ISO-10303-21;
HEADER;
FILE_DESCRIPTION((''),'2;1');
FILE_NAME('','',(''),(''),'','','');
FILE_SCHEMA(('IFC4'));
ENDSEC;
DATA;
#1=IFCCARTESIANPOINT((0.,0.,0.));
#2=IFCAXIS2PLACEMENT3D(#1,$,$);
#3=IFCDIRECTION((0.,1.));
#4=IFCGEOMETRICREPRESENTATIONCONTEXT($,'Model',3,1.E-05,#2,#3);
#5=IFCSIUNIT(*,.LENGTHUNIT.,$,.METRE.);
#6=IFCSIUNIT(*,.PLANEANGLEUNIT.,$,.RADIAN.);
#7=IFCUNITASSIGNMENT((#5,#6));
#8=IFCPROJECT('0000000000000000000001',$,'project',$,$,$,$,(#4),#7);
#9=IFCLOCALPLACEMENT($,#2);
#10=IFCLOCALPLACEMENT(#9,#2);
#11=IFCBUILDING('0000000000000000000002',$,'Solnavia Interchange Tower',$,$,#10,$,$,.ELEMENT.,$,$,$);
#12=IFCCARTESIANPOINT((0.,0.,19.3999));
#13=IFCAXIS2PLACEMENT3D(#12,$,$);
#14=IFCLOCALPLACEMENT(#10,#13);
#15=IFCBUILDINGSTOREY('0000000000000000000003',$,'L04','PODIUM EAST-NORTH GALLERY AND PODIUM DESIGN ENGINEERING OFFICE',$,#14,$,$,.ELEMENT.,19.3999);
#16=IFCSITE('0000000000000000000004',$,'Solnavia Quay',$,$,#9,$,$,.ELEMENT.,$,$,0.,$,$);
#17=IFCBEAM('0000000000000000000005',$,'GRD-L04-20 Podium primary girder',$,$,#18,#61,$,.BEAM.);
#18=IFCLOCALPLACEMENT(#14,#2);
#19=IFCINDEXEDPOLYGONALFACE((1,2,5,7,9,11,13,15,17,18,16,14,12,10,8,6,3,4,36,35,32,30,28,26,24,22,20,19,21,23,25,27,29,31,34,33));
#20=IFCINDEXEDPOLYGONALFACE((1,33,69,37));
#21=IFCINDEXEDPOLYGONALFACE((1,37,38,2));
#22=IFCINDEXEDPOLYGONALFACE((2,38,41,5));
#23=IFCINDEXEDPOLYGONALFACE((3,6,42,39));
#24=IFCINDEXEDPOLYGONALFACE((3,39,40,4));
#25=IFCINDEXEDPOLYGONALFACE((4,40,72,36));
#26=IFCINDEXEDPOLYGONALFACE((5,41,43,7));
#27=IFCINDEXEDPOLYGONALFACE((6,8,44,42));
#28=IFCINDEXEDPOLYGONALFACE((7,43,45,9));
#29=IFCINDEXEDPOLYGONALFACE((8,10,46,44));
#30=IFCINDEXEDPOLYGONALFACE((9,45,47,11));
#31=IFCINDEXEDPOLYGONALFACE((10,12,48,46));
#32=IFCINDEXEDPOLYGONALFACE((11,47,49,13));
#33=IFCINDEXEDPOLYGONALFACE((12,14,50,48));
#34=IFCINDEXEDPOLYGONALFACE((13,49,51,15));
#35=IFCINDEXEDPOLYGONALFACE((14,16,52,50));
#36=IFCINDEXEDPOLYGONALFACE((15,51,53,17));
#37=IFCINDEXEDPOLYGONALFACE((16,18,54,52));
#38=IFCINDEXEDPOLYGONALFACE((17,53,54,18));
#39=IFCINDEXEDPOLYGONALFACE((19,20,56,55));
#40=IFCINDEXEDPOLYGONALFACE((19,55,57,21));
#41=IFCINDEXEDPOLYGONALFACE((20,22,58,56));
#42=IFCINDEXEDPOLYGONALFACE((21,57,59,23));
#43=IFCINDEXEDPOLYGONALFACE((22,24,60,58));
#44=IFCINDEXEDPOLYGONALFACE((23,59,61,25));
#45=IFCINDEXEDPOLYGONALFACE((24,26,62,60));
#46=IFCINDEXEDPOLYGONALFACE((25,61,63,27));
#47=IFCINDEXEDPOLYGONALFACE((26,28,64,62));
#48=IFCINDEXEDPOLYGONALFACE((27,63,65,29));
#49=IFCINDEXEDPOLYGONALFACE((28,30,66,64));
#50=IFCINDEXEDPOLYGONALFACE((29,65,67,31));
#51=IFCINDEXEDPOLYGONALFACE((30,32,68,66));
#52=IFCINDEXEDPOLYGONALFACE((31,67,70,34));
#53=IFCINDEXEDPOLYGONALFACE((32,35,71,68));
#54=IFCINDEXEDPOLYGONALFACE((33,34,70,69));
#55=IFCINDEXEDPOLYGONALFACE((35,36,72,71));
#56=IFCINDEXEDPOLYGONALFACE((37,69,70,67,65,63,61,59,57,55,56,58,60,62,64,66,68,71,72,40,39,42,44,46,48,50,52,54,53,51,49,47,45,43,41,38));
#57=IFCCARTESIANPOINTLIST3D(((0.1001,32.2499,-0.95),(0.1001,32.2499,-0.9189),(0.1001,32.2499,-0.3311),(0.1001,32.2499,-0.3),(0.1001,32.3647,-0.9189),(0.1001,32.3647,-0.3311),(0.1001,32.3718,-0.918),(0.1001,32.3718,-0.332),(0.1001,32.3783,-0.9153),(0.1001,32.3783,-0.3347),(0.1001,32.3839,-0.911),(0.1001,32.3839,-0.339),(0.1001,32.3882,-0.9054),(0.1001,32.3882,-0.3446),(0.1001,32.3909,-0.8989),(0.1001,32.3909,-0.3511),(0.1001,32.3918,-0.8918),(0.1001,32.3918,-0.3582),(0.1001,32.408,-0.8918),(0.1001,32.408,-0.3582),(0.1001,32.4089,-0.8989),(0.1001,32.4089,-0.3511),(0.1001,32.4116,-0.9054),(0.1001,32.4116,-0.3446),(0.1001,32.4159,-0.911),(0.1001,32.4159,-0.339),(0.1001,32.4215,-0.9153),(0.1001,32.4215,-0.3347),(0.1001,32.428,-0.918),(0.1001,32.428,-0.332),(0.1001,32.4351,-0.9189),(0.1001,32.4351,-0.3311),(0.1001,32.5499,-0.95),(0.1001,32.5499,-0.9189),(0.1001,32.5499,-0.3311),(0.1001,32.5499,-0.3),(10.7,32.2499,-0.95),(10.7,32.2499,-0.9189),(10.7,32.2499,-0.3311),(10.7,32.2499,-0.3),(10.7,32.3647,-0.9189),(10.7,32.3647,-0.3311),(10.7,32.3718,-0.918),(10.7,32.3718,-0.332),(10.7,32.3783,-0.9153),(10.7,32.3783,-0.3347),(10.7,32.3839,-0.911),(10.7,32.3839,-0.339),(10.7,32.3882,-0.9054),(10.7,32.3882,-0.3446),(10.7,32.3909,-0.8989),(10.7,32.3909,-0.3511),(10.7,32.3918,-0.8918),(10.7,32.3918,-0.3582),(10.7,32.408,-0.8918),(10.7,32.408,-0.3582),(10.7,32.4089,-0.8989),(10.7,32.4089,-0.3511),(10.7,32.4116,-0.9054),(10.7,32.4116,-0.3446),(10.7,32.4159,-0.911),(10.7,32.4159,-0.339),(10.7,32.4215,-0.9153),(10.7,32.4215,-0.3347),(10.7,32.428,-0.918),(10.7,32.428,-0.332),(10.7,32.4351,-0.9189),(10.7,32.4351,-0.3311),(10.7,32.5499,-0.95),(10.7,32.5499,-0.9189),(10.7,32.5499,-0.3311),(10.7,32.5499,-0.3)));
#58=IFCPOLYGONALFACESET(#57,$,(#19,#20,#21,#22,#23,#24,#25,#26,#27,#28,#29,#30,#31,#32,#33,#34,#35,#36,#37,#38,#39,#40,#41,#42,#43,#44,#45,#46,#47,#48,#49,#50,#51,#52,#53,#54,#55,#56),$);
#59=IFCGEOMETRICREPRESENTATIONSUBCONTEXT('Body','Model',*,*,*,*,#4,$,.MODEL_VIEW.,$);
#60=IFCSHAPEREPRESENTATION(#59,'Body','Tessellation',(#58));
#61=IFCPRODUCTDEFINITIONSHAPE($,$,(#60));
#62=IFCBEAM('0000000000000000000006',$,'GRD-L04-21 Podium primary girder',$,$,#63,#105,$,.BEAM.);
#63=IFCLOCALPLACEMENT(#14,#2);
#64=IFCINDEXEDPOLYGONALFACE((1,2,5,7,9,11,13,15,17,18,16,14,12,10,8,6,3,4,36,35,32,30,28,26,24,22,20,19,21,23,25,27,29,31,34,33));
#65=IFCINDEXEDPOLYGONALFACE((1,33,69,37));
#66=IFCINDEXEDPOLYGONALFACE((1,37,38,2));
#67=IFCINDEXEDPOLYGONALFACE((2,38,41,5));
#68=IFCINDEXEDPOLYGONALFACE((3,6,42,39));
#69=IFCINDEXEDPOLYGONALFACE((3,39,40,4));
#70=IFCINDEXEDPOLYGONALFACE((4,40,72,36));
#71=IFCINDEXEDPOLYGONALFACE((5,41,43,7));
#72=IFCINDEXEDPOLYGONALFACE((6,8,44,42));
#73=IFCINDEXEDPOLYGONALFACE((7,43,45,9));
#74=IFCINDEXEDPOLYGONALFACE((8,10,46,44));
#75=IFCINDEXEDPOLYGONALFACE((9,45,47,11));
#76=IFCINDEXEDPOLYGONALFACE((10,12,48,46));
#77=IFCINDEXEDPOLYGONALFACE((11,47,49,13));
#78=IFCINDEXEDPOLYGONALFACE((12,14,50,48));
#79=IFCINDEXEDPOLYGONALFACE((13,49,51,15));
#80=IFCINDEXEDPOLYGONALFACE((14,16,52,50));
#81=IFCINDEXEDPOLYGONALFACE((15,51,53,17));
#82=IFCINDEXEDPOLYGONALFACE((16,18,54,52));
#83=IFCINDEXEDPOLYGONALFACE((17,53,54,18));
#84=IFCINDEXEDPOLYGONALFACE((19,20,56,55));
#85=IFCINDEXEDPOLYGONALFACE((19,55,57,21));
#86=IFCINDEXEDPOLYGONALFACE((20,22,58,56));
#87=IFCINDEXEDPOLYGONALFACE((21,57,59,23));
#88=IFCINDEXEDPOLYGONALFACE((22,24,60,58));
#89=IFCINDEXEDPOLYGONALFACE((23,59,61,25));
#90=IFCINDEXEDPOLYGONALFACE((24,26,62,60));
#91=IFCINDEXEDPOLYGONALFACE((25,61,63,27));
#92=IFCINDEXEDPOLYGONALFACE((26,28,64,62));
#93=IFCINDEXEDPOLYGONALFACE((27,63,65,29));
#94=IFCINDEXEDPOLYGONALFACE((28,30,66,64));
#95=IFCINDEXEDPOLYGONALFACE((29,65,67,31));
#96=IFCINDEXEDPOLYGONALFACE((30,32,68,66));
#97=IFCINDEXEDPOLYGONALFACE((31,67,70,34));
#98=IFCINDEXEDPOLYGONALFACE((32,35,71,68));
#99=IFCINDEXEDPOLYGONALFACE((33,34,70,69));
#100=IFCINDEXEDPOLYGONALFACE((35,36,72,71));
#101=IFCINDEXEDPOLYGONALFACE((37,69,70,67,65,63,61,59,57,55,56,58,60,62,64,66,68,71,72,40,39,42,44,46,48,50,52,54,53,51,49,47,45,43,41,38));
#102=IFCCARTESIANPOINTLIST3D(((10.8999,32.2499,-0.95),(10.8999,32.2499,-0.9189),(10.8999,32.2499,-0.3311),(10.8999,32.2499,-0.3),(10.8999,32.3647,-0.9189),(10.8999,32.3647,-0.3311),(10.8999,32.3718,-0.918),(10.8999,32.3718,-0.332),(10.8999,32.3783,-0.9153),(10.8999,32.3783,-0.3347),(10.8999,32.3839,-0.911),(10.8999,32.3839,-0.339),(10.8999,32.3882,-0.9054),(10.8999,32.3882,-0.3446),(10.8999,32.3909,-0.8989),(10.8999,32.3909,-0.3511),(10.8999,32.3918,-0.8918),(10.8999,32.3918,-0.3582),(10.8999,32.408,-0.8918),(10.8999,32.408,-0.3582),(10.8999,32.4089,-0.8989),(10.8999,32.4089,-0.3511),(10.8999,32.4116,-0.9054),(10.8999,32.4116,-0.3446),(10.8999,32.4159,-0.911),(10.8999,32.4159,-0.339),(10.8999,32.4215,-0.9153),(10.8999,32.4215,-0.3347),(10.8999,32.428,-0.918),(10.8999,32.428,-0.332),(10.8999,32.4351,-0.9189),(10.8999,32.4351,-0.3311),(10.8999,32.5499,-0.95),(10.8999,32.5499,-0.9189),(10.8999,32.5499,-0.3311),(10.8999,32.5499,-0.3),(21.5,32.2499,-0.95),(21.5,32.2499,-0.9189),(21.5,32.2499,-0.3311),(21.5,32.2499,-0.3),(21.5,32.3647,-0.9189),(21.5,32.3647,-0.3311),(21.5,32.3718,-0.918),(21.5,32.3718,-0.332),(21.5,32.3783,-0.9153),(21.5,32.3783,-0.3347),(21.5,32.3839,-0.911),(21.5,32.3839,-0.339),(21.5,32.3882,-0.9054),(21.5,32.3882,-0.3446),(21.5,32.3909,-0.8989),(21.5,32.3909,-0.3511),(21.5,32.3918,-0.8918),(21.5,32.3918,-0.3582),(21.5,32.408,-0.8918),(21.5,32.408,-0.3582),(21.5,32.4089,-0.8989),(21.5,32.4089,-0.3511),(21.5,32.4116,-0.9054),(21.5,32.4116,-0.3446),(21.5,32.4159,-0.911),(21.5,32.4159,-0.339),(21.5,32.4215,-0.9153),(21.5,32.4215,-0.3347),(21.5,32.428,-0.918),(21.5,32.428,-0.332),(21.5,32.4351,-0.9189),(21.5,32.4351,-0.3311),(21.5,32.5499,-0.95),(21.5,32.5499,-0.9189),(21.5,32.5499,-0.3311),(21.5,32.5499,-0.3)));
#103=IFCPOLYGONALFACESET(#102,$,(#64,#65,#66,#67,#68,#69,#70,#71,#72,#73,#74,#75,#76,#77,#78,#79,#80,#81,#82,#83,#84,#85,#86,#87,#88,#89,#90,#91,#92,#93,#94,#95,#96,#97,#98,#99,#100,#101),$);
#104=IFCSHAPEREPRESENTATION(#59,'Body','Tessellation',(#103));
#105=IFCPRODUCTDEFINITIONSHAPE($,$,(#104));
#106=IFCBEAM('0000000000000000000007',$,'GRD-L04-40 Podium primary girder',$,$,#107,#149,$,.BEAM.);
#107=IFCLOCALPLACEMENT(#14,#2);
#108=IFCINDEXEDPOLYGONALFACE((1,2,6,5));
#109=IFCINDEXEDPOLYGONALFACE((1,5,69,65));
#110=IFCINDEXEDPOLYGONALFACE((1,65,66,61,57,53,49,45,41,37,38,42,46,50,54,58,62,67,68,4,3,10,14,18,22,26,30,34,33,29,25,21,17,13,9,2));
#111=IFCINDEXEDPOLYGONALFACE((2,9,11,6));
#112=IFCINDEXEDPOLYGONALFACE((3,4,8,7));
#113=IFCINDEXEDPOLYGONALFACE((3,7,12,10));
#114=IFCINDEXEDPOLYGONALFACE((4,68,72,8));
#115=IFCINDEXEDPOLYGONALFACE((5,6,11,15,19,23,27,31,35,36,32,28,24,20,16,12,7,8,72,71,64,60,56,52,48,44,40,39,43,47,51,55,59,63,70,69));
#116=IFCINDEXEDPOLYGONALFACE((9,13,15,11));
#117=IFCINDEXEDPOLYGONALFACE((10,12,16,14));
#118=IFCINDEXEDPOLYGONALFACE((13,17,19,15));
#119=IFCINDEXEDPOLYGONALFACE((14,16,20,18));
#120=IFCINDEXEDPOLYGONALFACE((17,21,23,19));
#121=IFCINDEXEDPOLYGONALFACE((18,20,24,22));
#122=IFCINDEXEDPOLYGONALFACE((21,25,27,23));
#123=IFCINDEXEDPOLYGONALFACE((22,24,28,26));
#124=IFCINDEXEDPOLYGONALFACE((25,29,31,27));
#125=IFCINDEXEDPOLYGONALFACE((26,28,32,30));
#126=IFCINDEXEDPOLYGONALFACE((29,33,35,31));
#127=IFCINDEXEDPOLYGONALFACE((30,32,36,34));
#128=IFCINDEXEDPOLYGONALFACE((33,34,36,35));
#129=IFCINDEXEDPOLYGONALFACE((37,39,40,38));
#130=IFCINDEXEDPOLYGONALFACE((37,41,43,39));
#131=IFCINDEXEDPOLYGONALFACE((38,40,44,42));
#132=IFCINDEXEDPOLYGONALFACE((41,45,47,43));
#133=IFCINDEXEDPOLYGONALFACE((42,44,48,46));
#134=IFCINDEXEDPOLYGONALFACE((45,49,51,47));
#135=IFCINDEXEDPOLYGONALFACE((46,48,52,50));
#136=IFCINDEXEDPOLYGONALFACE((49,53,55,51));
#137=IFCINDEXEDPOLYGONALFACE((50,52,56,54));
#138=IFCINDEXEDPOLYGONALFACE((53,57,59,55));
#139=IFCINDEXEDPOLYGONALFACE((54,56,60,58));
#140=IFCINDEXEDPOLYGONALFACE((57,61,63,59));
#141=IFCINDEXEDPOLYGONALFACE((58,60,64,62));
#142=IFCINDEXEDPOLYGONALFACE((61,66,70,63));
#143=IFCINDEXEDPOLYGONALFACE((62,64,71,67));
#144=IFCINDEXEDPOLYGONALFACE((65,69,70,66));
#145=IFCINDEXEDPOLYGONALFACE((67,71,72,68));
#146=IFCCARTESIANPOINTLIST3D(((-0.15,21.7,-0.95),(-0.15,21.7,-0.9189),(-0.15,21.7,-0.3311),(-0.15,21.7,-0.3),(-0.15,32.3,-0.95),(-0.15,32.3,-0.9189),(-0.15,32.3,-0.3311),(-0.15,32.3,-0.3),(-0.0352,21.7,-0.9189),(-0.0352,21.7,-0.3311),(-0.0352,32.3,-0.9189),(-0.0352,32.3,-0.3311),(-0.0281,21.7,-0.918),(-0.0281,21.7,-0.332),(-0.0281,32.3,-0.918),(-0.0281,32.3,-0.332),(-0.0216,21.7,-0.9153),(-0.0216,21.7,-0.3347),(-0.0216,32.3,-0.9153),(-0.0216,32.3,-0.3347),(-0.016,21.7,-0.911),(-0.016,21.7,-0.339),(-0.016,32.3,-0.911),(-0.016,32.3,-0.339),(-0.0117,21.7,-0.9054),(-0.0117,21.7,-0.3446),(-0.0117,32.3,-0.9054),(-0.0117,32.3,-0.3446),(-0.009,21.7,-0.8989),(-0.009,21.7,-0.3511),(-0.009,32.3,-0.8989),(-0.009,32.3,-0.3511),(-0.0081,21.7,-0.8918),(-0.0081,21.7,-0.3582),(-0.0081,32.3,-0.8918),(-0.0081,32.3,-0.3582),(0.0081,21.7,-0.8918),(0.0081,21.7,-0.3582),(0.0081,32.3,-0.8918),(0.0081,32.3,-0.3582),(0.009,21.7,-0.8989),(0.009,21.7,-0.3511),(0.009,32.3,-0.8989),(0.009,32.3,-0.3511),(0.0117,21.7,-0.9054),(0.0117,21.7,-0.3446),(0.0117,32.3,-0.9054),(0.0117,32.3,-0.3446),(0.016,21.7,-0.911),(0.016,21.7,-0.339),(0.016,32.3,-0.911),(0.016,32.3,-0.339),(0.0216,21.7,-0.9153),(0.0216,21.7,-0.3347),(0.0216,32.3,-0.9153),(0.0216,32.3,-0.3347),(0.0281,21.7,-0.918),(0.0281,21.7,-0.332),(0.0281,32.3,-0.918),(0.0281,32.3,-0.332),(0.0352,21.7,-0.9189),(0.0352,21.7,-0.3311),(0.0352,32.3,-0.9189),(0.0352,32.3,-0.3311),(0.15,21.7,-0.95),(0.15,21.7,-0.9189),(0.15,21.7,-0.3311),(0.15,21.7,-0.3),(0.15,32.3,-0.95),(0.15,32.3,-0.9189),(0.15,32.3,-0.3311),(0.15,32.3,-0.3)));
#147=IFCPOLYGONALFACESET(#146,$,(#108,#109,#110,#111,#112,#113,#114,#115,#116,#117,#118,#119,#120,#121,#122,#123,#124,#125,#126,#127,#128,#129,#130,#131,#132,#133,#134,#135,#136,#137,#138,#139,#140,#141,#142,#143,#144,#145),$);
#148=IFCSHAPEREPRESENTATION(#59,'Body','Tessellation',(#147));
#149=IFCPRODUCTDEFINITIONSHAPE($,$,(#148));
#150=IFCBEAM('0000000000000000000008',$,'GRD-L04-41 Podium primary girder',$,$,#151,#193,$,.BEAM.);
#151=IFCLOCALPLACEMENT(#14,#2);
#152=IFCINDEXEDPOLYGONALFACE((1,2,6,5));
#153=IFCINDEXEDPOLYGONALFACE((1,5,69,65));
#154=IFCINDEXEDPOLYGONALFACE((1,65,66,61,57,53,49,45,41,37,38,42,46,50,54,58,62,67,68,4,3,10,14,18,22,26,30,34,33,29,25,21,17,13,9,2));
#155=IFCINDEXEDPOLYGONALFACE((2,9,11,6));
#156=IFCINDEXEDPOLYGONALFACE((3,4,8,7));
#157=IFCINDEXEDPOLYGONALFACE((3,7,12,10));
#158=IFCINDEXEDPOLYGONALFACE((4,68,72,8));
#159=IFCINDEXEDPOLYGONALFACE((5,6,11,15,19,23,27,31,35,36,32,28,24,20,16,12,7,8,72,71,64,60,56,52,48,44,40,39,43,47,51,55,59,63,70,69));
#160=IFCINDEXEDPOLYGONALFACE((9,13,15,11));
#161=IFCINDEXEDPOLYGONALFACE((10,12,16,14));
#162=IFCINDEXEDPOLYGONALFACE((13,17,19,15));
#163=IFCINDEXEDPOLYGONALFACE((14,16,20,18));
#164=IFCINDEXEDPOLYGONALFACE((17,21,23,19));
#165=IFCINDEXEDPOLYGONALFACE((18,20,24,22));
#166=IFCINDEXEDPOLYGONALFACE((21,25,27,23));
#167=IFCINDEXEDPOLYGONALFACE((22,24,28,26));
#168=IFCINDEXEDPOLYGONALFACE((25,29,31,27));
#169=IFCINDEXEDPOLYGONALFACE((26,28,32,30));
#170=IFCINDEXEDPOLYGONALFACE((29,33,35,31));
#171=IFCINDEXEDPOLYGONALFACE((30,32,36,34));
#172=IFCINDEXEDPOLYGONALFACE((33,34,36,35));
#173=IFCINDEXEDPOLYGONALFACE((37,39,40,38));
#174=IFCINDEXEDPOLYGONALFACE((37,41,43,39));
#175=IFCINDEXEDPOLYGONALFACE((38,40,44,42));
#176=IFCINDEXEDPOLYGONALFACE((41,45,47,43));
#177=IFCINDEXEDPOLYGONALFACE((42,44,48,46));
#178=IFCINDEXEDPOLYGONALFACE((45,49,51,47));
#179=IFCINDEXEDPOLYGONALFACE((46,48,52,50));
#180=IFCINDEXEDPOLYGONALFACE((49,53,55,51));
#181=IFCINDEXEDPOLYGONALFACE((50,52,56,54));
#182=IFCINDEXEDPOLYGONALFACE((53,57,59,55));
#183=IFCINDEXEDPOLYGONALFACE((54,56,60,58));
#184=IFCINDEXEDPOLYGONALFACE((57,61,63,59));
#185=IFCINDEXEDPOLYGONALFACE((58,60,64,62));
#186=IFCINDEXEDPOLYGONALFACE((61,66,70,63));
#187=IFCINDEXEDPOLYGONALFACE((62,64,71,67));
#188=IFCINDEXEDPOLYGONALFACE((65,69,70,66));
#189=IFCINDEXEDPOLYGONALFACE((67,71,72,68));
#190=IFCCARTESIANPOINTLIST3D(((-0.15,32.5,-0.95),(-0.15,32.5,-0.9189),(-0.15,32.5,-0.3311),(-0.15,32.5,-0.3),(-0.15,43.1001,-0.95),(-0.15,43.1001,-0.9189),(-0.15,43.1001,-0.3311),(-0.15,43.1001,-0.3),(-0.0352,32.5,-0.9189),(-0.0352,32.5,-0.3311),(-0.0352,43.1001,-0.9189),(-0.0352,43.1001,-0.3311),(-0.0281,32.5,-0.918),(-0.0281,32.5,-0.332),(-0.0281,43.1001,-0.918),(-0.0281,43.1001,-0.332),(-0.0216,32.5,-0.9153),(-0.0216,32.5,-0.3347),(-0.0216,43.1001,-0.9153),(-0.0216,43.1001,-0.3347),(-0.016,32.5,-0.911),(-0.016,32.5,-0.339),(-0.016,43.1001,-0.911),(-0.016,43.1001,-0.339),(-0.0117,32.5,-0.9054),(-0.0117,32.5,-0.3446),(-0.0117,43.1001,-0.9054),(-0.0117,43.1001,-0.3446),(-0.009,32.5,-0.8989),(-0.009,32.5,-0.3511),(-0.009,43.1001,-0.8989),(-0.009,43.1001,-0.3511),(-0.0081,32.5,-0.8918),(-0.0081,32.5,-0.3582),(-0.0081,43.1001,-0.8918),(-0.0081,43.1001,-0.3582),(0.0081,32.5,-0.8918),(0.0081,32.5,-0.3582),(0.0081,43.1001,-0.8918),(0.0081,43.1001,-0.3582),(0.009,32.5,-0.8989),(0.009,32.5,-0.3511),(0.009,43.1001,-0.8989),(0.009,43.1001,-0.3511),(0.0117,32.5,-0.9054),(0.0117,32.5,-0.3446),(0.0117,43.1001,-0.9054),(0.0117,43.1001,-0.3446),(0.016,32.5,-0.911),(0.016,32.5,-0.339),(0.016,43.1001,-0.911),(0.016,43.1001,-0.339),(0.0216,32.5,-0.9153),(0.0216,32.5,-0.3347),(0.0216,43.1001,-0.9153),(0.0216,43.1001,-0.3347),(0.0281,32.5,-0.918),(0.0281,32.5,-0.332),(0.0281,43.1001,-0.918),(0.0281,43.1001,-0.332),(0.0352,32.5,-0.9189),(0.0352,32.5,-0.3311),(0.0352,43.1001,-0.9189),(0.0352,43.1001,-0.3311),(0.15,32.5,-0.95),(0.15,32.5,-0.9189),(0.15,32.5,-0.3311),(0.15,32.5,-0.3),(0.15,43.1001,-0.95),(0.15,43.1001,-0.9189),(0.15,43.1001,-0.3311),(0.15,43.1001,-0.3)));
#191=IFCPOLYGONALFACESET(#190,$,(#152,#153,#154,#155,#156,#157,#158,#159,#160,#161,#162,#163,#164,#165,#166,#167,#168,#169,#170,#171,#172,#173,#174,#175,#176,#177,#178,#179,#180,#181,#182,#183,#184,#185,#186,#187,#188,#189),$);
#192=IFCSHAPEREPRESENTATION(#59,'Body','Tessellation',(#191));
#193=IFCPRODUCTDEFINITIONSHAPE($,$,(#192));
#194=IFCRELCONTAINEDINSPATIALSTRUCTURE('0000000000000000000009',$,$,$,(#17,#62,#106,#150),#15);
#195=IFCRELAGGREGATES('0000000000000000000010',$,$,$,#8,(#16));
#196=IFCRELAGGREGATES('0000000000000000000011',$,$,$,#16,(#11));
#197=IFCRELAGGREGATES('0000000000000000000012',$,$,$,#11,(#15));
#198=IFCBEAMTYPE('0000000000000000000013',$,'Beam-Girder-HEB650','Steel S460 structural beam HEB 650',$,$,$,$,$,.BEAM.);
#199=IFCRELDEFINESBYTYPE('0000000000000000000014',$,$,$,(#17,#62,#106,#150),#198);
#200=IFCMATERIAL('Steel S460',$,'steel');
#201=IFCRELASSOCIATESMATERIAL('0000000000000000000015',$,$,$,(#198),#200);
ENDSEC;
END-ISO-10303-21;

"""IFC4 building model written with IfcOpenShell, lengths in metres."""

from ifc_helpers import new_model, si_unit, direction, frame, origin, origin_2d, place, context, subcontext, project, spatial, i_section, extrude, material, material_profile, profile_set, type_object, element, save


model = new_model("IFC4")

# Units and contexts
model_context = context("Model", 3, precision=1e-05, world=origin(), true_north=direction((0.0, 1.0)))
body_context = subcontext(model_context, "Body", "Model", "MODEL_VIEW")
ifc_project = project(units=[si_unit("LENGTHUNIT", "METRE"), si_unit("PLANEANGLEUNIT", "RADIAN")], contexts=[model_context])

# Site, building, storey
site_placement = place(None, origin())
site = spatial("IfcSite", under=ifc_project, at=site_placement, Name="Solnavia Quay", CompositionType="ELEMENT", RefElevation=0.0)
building_placement = place(site_placement, origin())
building = spatial("IfcBuilding", under=site, at=building_placement, Name="Solnavia Interchange Tower", CompositionType="ELEMENT")
storey_placement = place(building_placement, frame((0.0, 0.0, 19.3999)))
storey = spatial("IfcBuildingStorey", under=building, at=storey_placement, Name="L04", Description="PODIUM EAST-NORTH GALLERY AND PODIUM DESIGN ENGINEERING OFFICE", CompositionType="ELEMENT", Elevation=19.3999)

# Beams
ifc_material_1 = material(Name="Steel S460", Category="steel")
ifc_material_profile_1 = material_profile(ifc_material_1, i_section(OverallWidth=0.3, OverallDepth=0.6499, WebThickness=0.0161, FlangeThickness=0.031, FilletRadius=0.0271, at=origin_2d()), Name="HEB 650")
ifc_profile_set_1 = profile_set([ifc_material_profile_1], Name="Steel S460")
beam_type_1 = type_object("IfcBeamType", Name="Beam-Girder-HEB650", Description="Steel S460 structural beam HEB 650", PredefinedType="BEAM", material=ifc_profile_set_1)
beam_1_placement = place(storey_placement, frame((0.1001, 32.3999, -0.625), z_axis=(1.0, 0.0, 0.0), x_axis=(0.0, 1.0, 0.0)))
element("IfcBeam", 1, at=beam_1_placement, inside=storey, type_object=beam_type_1, Name="GRD-L04-20 Podium primary girder", PredefinedType="BEAM", context=body_context, shape_type="SweptSolid", body=[
    extrude(i_section(OverallWidth=0.3, OverallDepth=0.6499, WebThickness=0.0161, FlangeThickness=0.031, FilletRadius=0.0271, at=origin_2d()), origin(), (0.0, 0.0, 1.0), 10.5999),
])
for number, where, z_axis, x_axis, name in (
    (2, (10.8999, 32.3999, -0.625), (1.0, 0.0, 0.0), (0.0, 1.0, 0.0), "GRD-L04-21 Podium primary girder"),
    (3, (0.0, 21.7, -0.625), (0.0, 1.0, 0.0), (-1.0, 0.0, 0.0), "GRD-L04-40 Podium primary girder"),
    (4, (0.0, 32.5, -0.625), (0.0, 1.0, 0.0), (-1.0, 0.0, 0.0), "GRD-L04-41 Podium primary girder"),
):
    element("IfcBeam", number, at=place(storey_placement, frame(where, z_axis=z_axis, x_axis=x_axis)), inside=storey, type_object=beam_type_1, Name=name, PredefinedType="BEAM", context=body_context, shape_type="SweptSolid", body=[
        extrude(i_section(OverallWidth=0.3, OverallDepth=0.6499, WebThickness=0.0161, FlangeThickness=0.031, FilletRadius=0.0271, at=origin_2d()), origin(), (0.0, 0.0, 1.0), 10.6001),
    ])

save(model, "model.ifc")
